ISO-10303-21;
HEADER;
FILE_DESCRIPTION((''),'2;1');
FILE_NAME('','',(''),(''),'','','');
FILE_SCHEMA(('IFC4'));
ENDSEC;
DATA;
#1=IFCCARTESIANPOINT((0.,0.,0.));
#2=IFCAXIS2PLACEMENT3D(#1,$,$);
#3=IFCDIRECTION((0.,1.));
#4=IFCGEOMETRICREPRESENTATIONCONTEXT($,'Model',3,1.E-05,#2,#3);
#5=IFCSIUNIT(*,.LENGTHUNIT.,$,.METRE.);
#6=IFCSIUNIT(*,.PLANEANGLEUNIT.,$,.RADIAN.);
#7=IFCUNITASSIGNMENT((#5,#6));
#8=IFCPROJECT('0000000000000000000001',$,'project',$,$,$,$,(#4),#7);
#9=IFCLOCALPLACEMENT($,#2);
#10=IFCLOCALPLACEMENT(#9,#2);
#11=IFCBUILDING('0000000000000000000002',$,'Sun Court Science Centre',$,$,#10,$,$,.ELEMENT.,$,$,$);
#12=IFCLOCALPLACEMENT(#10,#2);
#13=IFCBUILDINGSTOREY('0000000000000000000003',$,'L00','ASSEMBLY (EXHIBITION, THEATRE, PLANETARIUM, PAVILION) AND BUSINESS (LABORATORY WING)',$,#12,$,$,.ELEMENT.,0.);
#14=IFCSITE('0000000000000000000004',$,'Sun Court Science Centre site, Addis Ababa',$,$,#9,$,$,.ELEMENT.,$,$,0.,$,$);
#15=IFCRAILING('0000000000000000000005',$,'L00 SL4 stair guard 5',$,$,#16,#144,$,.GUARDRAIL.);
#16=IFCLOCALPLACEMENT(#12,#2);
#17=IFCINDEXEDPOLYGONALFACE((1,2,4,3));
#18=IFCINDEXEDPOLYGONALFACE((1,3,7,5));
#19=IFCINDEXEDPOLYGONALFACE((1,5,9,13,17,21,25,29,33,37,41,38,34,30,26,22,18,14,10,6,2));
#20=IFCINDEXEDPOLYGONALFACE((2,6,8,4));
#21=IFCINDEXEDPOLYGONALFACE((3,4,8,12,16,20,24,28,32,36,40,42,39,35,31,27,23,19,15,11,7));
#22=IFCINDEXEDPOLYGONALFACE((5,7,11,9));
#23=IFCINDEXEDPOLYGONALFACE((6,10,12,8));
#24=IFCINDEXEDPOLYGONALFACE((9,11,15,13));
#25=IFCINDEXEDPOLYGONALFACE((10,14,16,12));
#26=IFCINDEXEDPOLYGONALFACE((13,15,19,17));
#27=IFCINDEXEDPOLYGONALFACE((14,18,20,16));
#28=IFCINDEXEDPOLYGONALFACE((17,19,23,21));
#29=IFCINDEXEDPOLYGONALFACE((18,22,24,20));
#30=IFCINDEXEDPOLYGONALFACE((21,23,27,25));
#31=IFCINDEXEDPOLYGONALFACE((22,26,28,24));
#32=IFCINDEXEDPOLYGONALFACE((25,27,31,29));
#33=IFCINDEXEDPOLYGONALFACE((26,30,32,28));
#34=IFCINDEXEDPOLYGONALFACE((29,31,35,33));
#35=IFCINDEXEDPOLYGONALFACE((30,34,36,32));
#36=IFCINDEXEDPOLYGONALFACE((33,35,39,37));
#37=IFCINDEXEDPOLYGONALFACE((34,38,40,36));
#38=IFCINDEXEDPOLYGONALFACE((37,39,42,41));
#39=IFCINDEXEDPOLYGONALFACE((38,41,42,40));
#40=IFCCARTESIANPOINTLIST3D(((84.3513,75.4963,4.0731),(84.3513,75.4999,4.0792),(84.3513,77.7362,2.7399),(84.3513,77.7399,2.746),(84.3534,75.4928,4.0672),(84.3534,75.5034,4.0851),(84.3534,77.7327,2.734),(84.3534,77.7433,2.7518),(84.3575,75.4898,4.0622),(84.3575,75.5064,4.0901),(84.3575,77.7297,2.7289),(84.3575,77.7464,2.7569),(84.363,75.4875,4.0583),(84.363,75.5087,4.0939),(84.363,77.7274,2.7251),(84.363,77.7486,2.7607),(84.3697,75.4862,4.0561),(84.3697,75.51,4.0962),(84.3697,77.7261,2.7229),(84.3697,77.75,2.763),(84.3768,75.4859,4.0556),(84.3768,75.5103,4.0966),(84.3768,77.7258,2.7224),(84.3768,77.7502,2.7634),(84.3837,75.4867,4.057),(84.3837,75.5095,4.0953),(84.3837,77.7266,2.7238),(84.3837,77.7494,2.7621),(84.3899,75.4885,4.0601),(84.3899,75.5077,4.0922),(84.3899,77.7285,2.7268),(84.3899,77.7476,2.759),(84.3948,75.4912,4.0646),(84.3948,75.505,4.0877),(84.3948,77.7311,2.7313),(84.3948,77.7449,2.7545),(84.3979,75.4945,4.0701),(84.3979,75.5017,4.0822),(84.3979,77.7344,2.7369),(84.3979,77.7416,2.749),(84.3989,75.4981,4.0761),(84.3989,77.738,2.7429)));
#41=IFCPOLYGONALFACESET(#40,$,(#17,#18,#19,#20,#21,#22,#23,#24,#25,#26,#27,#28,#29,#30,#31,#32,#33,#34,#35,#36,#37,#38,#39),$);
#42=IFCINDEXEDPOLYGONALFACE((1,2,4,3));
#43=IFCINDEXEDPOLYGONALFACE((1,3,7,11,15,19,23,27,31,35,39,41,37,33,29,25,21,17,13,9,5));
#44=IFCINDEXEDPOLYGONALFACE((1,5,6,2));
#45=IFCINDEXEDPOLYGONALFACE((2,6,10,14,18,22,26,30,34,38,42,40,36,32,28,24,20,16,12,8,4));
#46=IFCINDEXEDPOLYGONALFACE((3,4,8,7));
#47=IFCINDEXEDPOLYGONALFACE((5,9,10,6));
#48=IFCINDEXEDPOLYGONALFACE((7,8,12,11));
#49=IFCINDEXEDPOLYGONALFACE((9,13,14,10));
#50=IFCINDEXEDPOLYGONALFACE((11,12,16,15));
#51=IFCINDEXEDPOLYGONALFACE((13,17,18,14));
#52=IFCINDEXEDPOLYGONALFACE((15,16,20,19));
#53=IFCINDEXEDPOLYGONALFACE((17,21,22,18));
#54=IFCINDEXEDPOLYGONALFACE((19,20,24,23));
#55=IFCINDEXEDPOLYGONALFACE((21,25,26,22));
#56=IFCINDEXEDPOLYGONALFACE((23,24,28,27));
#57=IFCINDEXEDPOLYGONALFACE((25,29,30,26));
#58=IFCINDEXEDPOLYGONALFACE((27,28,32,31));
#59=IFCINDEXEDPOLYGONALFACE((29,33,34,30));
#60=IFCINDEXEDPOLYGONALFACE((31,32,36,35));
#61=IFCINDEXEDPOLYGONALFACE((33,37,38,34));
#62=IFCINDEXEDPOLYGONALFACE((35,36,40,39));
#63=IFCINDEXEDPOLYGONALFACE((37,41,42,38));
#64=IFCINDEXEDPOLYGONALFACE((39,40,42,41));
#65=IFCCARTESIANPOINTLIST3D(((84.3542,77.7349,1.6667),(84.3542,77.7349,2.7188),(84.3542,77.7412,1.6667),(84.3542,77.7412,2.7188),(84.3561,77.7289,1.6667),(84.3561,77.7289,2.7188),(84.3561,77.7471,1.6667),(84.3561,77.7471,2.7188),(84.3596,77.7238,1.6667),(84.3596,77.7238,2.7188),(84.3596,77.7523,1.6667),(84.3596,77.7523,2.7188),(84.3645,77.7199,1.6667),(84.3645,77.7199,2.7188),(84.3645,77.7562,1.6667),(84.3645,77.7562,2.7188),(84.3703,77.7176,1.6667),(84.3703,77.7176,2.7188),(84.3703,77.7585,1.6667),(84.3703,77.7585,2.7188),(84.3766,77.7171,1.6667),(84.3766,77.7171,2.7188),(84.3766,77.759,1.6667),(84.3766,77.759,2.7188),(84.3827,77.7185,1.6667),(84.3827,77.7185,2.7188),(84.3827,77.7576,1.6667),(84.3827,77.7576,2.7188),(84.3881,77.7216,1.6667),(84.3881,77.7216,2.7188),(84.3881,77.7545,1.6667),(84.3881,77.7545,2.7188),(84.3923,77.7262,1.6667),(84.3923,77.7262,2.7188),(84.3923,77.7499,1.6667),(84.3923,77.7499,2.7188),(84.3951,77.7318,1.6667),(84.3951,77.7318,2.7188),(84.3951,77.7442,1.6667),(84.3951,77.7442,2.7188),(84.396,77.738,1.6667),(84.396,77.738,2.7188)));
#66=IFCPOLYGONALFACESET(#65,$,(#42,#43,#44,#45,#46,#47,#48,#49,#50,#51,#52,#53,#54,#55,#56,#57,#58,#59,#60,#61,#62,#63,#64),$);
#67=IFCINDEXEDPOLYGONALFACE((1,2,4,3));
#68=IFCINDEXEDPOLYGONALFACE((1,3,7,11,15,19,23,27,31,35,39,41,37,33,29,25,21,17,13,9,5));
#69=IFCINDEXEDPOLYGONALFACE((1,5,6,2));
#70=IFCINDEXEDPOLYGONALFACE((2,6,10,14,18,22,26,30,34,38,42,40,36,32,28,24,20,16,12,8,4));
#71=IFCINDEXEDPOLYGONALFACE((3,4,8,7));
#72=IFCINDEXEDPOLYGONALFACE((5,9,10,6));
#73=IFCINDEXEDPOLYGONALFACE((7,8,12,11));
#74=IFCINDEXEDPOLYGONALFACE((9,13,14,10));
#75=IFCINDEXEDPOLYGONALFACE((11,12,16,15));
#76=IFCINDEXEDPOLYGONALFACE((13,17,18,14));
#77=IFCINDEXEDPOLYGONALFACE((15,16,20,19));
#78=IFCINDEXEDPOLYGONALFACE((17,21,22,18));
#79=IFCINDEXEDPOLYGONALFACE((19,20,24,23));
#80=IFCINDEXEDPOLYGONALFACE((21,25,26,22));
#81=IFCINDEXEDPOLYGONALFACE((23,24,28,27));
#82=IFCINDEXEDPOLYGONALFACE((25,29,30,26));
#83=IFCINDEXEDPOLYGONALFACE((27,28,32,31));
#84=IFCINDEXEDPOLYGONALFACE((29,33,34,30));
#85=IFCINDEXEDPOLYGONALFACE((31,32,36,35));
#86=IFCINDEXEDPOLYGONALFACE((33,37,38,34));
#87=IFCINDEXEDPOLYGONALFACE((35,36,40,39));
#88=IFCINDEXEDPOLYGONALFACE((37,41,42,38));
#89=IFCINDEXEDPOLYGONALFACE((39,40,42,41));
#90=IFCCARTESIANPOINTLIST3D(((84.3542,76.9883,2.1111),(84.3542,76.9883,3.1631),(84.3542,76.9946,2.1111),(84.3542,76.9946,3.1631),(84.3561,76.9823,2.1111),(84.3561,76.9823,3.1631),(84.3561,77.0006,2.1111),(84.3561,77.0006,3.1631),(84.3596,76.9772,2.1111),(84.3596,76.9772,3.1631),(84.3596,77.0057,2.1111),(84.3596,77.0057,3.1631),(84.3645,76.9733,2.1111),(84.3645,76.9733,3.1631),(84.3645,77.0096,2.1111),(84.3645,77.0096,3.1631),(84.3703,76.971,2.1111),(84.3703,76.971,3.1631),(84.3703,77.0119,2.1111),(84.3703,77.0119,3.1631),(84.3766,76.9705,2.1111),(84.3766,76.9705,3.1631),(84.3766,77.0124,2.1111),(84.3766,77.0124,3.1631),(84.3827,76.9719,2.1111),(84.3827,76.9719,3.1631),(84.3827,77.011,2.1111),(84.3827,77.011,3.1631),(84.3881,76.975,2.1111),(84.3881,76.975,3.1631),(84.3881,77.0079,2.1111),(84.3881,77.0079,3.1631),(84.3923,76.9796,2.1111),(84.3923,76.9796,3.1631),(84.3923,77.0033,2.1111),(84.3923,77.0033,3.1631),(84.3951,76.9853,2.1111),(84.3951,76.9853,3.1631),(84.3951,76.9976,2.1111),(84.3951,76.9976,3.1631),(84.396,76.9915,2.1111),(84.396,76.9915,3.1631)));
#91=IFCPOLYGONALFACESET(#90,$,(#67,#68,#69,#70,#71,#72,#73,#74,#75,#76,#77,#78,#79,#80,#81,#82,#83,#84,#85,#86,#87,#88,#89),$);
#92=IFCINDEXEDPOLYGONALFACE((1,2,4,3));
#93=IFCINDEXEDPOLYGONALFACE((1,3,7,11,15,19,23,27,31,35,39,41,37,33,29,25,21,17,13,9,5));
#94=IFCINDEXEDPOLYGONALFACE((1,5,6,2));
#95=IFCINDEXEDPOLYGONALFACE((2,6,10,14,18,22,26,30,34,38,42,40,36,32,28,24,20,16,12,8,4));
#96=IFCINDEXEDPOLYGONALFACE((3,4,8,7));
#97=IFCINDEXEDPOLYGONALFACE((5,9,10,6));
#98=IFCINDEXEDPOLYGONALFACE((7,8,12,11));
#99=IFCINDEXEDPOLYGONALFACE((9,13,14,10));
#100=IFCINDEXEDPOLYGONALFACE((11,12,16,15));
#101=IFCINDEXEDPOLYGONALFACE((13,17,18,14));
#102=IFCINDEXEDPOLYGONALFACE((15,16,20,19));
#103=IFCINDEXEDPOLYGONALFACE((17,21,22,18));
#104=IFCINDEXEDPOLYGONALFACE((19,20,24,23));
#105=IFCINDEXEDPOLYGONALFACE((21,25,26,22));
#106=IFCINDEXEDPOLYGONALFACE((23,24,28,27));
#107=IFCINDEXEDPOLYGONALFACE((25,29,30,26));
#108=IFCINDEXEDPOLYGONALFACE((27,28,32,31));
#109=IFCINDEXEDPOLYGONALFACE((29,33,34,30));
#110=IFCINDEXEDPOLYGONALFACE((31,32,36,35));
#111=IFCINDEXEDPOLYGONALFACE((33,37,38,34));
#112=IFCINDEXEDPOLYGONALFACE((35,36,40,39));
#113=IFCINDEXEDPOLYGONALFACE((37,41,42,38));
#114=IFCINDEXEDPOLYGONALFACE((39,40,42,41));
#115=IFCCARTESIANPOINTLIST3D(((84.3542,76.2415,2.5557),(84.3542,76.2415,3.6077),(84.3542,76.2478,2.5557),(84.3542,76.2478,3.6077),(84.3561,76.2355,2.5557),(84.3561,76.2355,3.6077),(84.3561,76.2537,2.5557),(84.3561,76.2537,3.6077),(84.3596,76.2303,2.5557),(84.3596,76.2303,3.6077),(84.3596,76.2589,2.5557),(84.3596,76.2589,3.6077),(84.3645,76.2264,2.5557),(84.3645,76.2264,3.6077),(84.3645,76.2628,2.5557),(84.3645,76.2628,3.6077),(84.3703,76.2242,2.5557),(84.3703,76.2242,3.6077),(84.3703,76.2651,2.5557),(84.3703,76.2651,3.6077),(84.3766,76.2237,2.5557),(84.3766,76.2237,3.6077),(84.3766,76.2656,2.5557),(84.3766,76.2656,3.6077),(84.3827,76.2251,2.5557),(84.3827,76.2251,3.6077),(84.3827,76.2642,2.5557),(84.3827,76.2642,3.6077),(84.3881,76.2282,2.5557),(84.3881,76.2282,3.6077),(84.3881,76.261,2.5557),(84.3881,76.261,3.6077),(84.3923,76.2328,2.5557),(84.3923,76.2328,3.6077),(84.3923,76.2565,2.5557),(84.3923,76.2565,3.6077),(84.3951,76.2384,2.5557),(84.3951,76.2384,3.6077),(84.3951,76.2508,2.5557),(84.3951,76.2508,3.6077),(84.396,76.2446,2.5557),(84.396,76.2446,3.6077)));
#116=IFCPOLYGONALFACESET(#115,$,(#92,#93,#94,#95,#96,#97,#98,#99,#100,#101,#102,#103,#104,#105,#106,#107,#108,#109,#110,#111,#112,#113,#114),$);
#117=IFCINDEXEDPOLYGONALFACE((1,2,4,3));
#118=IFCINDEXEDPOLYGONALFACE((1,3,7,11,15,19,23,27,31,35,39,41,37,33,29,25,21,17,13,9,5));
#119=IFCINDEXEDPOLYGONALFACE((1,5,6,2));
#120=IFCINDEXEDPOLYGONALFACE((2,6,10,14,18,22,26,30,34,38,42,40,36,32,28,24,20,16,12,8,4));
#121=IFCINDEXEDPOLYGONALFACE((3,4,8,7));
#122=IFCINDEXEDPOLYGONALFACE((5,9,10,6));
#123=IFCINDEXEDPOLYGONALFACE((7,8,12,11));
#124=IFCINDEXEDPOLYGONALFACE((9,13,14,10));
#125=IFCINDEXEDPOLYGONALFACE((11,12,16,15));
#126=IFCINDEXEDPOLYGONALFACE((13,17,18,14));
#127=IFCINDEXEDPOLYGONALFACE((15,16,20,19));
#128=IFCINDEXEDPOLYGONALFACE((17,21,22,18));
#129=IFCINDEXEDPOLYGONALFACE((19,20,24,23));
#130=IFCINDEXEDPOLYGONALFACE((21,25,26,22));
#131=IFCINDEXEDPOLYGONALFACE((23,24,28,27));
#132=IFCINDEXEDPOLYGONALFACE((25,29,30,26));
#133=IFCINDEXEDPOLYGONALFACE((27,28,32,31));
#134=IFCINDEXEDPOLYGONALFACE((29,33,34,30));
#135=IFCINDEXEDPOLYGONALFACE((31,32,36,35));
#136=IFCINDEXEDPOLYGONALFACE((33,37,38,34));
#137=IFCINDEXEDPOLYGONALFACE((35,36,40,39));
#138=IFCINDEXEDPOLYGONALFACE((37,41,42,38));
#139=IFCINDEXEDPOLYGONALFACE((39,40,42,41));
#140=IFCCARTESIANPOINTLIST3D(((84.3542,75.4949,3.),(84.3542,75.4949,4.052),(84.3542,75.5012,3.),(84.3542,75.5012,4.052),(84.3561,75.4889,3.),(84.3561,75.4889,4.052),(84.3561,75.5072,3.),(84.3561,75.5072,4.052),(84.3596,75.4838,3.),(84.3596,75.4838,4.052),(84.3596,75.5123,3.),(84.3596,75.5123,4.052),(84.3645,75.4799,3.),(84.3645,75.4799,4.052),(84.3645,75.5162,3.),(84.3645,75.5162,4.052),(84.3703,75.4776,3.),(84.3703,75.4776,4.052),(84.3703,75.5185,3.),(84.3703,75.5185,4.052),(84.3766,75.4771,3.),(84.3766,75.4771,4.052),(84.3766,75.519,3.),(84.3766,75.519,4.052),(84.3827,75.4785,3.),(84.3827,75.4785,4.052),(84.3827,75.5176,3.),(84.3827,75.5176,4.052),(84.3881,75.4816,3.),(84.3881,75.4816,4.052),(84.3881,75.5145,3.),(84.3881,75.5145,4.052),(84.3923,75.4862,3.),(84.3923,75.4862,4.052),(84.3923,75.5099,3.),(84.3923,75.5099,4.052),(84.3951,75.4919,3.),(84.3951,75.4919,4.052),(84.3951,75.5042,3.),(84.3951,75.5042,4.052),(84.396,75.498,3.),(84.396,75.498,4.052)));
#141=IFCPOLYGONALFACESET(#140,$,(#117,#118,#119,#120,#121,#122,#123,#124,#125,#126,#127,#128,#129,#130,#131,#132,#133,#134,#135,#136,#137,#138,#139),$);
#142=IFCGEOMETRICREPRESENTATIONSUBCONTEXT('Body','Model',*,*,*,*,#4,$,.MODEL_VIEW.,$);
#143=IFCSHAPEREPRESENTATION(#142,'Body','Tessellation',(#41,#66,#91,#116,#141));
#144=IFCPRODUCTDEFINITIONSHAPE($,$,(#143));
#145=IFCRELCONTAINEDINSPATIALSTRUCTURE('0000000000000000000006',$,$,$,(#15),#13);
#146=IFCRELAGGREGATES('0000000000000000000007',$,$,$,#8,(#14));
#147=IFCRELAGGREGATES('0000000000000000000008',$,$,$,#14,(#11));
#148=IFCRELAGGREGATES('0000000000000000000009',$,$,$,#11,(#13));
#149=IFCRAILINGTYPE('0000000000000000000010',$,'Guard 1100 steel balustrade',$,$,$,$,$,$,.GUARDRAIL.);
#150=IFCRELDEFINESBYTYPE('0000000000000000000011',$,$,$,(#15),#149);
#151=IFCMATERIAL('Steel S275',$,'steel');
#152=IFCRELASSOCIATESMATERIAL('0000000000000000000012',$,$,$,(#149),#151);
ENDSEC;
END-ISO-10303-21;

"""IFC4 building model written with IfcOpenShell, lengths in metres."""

from ifc_helpers import new_model, si_unit, direction, frame, origin, origin_2d, place, context, subcontext, project, spatial, circle, extrude, material, type_object, element, save


model = new_model("IFC4")

# Units and contexts
model_context = context("Model", 3, precision=1e-05, world=origin(), true_north=direction((0.0, 1.0)))
body_context = subcontext(model_context, "Body", "Model", "MODEL_VIEW")
ifc_project = project(units=[si_unit("LENGTHUNIT", "METRE"), si_unit("PLANEANGLEUNIT", "RADIAN")], contexts=[model_context])

# Site, building, storey
site_placement = place(None, origin())
site = spatial("IfcSite", under=ifc_project, at=site_placement, Name="Sun Court Science Centre site, Addis Ababa", CompositionType="ELEMENT", RefElevation=0.0)
building_placement = place(site_placement, origin())
building = spatial("IfcBuilding", under=site, at=building_placement, Name="Sun Court Science Centre", CompositionType="ELEMENT")
storey_placement = place(building_placement, origin())
storey = spatial("IfcBuildingStorey", under=building, at=storey_placement, Name="L00", Description="ASSEMBLY (EXHIBITION, THEATRE, PLANETARIUM, PAVILION) AND BUSINESS (LABORATORY WING)", CompositionType="ELEMENT", Elevation=0.0)

# Railing
ifc_material_1 = material(Name="Steel S275", Category="steel")
railing_type_1 = type_object("IfcRailingType", Name="Guard 1100 steel balustrade", PredefinedType="GUARDRAIL", material=ifc_material_1)
railing_1_placement = place(storey_placement, frame((84.375, 77.738, 1.6667)))
element("IfcRailing", 1, at=railing_1_placement, inside=storey, type_object=railing_type_1, Name="L00 SL4 stair guard 5", PredefinedType="GUARDRAIL", context=body_context, shape_type="SweptSolid", body=[
    extrude(circle(Radius=0.0239, at=origin_2d()), frame((0.0, 0.0, 1.0762), z_axis=(0.0, -0.859306, 0.511462), x_axis=(1.0, 0.0, 0.0)), (0.0, 0.0, 1.0), 2.6067),
    extrude(circle(Radius=0.021, at=origin_2d()), origin(), (0.0, 0.0, 1.0), 1.052),
    extrude(circle(Radius=0.021, at=origin_2d()), frame((0.0, -0.7466, 0.4443)), (0.0, 0.0, 1.0), 1.052),
    extrude(circle(Radius=0.021, at=origin_2d()), frame((0.0, -1.4934, 0.8889)), (0.0, 0.0, 1.0), 1.052),
    extrude(circle(Radius=0.021, at=origin_2d()), frame((0.0, -2.24, 1.3333)), (0.0, 0.0, 1.0), 1.052),
])

save(model, "model.ifc")
